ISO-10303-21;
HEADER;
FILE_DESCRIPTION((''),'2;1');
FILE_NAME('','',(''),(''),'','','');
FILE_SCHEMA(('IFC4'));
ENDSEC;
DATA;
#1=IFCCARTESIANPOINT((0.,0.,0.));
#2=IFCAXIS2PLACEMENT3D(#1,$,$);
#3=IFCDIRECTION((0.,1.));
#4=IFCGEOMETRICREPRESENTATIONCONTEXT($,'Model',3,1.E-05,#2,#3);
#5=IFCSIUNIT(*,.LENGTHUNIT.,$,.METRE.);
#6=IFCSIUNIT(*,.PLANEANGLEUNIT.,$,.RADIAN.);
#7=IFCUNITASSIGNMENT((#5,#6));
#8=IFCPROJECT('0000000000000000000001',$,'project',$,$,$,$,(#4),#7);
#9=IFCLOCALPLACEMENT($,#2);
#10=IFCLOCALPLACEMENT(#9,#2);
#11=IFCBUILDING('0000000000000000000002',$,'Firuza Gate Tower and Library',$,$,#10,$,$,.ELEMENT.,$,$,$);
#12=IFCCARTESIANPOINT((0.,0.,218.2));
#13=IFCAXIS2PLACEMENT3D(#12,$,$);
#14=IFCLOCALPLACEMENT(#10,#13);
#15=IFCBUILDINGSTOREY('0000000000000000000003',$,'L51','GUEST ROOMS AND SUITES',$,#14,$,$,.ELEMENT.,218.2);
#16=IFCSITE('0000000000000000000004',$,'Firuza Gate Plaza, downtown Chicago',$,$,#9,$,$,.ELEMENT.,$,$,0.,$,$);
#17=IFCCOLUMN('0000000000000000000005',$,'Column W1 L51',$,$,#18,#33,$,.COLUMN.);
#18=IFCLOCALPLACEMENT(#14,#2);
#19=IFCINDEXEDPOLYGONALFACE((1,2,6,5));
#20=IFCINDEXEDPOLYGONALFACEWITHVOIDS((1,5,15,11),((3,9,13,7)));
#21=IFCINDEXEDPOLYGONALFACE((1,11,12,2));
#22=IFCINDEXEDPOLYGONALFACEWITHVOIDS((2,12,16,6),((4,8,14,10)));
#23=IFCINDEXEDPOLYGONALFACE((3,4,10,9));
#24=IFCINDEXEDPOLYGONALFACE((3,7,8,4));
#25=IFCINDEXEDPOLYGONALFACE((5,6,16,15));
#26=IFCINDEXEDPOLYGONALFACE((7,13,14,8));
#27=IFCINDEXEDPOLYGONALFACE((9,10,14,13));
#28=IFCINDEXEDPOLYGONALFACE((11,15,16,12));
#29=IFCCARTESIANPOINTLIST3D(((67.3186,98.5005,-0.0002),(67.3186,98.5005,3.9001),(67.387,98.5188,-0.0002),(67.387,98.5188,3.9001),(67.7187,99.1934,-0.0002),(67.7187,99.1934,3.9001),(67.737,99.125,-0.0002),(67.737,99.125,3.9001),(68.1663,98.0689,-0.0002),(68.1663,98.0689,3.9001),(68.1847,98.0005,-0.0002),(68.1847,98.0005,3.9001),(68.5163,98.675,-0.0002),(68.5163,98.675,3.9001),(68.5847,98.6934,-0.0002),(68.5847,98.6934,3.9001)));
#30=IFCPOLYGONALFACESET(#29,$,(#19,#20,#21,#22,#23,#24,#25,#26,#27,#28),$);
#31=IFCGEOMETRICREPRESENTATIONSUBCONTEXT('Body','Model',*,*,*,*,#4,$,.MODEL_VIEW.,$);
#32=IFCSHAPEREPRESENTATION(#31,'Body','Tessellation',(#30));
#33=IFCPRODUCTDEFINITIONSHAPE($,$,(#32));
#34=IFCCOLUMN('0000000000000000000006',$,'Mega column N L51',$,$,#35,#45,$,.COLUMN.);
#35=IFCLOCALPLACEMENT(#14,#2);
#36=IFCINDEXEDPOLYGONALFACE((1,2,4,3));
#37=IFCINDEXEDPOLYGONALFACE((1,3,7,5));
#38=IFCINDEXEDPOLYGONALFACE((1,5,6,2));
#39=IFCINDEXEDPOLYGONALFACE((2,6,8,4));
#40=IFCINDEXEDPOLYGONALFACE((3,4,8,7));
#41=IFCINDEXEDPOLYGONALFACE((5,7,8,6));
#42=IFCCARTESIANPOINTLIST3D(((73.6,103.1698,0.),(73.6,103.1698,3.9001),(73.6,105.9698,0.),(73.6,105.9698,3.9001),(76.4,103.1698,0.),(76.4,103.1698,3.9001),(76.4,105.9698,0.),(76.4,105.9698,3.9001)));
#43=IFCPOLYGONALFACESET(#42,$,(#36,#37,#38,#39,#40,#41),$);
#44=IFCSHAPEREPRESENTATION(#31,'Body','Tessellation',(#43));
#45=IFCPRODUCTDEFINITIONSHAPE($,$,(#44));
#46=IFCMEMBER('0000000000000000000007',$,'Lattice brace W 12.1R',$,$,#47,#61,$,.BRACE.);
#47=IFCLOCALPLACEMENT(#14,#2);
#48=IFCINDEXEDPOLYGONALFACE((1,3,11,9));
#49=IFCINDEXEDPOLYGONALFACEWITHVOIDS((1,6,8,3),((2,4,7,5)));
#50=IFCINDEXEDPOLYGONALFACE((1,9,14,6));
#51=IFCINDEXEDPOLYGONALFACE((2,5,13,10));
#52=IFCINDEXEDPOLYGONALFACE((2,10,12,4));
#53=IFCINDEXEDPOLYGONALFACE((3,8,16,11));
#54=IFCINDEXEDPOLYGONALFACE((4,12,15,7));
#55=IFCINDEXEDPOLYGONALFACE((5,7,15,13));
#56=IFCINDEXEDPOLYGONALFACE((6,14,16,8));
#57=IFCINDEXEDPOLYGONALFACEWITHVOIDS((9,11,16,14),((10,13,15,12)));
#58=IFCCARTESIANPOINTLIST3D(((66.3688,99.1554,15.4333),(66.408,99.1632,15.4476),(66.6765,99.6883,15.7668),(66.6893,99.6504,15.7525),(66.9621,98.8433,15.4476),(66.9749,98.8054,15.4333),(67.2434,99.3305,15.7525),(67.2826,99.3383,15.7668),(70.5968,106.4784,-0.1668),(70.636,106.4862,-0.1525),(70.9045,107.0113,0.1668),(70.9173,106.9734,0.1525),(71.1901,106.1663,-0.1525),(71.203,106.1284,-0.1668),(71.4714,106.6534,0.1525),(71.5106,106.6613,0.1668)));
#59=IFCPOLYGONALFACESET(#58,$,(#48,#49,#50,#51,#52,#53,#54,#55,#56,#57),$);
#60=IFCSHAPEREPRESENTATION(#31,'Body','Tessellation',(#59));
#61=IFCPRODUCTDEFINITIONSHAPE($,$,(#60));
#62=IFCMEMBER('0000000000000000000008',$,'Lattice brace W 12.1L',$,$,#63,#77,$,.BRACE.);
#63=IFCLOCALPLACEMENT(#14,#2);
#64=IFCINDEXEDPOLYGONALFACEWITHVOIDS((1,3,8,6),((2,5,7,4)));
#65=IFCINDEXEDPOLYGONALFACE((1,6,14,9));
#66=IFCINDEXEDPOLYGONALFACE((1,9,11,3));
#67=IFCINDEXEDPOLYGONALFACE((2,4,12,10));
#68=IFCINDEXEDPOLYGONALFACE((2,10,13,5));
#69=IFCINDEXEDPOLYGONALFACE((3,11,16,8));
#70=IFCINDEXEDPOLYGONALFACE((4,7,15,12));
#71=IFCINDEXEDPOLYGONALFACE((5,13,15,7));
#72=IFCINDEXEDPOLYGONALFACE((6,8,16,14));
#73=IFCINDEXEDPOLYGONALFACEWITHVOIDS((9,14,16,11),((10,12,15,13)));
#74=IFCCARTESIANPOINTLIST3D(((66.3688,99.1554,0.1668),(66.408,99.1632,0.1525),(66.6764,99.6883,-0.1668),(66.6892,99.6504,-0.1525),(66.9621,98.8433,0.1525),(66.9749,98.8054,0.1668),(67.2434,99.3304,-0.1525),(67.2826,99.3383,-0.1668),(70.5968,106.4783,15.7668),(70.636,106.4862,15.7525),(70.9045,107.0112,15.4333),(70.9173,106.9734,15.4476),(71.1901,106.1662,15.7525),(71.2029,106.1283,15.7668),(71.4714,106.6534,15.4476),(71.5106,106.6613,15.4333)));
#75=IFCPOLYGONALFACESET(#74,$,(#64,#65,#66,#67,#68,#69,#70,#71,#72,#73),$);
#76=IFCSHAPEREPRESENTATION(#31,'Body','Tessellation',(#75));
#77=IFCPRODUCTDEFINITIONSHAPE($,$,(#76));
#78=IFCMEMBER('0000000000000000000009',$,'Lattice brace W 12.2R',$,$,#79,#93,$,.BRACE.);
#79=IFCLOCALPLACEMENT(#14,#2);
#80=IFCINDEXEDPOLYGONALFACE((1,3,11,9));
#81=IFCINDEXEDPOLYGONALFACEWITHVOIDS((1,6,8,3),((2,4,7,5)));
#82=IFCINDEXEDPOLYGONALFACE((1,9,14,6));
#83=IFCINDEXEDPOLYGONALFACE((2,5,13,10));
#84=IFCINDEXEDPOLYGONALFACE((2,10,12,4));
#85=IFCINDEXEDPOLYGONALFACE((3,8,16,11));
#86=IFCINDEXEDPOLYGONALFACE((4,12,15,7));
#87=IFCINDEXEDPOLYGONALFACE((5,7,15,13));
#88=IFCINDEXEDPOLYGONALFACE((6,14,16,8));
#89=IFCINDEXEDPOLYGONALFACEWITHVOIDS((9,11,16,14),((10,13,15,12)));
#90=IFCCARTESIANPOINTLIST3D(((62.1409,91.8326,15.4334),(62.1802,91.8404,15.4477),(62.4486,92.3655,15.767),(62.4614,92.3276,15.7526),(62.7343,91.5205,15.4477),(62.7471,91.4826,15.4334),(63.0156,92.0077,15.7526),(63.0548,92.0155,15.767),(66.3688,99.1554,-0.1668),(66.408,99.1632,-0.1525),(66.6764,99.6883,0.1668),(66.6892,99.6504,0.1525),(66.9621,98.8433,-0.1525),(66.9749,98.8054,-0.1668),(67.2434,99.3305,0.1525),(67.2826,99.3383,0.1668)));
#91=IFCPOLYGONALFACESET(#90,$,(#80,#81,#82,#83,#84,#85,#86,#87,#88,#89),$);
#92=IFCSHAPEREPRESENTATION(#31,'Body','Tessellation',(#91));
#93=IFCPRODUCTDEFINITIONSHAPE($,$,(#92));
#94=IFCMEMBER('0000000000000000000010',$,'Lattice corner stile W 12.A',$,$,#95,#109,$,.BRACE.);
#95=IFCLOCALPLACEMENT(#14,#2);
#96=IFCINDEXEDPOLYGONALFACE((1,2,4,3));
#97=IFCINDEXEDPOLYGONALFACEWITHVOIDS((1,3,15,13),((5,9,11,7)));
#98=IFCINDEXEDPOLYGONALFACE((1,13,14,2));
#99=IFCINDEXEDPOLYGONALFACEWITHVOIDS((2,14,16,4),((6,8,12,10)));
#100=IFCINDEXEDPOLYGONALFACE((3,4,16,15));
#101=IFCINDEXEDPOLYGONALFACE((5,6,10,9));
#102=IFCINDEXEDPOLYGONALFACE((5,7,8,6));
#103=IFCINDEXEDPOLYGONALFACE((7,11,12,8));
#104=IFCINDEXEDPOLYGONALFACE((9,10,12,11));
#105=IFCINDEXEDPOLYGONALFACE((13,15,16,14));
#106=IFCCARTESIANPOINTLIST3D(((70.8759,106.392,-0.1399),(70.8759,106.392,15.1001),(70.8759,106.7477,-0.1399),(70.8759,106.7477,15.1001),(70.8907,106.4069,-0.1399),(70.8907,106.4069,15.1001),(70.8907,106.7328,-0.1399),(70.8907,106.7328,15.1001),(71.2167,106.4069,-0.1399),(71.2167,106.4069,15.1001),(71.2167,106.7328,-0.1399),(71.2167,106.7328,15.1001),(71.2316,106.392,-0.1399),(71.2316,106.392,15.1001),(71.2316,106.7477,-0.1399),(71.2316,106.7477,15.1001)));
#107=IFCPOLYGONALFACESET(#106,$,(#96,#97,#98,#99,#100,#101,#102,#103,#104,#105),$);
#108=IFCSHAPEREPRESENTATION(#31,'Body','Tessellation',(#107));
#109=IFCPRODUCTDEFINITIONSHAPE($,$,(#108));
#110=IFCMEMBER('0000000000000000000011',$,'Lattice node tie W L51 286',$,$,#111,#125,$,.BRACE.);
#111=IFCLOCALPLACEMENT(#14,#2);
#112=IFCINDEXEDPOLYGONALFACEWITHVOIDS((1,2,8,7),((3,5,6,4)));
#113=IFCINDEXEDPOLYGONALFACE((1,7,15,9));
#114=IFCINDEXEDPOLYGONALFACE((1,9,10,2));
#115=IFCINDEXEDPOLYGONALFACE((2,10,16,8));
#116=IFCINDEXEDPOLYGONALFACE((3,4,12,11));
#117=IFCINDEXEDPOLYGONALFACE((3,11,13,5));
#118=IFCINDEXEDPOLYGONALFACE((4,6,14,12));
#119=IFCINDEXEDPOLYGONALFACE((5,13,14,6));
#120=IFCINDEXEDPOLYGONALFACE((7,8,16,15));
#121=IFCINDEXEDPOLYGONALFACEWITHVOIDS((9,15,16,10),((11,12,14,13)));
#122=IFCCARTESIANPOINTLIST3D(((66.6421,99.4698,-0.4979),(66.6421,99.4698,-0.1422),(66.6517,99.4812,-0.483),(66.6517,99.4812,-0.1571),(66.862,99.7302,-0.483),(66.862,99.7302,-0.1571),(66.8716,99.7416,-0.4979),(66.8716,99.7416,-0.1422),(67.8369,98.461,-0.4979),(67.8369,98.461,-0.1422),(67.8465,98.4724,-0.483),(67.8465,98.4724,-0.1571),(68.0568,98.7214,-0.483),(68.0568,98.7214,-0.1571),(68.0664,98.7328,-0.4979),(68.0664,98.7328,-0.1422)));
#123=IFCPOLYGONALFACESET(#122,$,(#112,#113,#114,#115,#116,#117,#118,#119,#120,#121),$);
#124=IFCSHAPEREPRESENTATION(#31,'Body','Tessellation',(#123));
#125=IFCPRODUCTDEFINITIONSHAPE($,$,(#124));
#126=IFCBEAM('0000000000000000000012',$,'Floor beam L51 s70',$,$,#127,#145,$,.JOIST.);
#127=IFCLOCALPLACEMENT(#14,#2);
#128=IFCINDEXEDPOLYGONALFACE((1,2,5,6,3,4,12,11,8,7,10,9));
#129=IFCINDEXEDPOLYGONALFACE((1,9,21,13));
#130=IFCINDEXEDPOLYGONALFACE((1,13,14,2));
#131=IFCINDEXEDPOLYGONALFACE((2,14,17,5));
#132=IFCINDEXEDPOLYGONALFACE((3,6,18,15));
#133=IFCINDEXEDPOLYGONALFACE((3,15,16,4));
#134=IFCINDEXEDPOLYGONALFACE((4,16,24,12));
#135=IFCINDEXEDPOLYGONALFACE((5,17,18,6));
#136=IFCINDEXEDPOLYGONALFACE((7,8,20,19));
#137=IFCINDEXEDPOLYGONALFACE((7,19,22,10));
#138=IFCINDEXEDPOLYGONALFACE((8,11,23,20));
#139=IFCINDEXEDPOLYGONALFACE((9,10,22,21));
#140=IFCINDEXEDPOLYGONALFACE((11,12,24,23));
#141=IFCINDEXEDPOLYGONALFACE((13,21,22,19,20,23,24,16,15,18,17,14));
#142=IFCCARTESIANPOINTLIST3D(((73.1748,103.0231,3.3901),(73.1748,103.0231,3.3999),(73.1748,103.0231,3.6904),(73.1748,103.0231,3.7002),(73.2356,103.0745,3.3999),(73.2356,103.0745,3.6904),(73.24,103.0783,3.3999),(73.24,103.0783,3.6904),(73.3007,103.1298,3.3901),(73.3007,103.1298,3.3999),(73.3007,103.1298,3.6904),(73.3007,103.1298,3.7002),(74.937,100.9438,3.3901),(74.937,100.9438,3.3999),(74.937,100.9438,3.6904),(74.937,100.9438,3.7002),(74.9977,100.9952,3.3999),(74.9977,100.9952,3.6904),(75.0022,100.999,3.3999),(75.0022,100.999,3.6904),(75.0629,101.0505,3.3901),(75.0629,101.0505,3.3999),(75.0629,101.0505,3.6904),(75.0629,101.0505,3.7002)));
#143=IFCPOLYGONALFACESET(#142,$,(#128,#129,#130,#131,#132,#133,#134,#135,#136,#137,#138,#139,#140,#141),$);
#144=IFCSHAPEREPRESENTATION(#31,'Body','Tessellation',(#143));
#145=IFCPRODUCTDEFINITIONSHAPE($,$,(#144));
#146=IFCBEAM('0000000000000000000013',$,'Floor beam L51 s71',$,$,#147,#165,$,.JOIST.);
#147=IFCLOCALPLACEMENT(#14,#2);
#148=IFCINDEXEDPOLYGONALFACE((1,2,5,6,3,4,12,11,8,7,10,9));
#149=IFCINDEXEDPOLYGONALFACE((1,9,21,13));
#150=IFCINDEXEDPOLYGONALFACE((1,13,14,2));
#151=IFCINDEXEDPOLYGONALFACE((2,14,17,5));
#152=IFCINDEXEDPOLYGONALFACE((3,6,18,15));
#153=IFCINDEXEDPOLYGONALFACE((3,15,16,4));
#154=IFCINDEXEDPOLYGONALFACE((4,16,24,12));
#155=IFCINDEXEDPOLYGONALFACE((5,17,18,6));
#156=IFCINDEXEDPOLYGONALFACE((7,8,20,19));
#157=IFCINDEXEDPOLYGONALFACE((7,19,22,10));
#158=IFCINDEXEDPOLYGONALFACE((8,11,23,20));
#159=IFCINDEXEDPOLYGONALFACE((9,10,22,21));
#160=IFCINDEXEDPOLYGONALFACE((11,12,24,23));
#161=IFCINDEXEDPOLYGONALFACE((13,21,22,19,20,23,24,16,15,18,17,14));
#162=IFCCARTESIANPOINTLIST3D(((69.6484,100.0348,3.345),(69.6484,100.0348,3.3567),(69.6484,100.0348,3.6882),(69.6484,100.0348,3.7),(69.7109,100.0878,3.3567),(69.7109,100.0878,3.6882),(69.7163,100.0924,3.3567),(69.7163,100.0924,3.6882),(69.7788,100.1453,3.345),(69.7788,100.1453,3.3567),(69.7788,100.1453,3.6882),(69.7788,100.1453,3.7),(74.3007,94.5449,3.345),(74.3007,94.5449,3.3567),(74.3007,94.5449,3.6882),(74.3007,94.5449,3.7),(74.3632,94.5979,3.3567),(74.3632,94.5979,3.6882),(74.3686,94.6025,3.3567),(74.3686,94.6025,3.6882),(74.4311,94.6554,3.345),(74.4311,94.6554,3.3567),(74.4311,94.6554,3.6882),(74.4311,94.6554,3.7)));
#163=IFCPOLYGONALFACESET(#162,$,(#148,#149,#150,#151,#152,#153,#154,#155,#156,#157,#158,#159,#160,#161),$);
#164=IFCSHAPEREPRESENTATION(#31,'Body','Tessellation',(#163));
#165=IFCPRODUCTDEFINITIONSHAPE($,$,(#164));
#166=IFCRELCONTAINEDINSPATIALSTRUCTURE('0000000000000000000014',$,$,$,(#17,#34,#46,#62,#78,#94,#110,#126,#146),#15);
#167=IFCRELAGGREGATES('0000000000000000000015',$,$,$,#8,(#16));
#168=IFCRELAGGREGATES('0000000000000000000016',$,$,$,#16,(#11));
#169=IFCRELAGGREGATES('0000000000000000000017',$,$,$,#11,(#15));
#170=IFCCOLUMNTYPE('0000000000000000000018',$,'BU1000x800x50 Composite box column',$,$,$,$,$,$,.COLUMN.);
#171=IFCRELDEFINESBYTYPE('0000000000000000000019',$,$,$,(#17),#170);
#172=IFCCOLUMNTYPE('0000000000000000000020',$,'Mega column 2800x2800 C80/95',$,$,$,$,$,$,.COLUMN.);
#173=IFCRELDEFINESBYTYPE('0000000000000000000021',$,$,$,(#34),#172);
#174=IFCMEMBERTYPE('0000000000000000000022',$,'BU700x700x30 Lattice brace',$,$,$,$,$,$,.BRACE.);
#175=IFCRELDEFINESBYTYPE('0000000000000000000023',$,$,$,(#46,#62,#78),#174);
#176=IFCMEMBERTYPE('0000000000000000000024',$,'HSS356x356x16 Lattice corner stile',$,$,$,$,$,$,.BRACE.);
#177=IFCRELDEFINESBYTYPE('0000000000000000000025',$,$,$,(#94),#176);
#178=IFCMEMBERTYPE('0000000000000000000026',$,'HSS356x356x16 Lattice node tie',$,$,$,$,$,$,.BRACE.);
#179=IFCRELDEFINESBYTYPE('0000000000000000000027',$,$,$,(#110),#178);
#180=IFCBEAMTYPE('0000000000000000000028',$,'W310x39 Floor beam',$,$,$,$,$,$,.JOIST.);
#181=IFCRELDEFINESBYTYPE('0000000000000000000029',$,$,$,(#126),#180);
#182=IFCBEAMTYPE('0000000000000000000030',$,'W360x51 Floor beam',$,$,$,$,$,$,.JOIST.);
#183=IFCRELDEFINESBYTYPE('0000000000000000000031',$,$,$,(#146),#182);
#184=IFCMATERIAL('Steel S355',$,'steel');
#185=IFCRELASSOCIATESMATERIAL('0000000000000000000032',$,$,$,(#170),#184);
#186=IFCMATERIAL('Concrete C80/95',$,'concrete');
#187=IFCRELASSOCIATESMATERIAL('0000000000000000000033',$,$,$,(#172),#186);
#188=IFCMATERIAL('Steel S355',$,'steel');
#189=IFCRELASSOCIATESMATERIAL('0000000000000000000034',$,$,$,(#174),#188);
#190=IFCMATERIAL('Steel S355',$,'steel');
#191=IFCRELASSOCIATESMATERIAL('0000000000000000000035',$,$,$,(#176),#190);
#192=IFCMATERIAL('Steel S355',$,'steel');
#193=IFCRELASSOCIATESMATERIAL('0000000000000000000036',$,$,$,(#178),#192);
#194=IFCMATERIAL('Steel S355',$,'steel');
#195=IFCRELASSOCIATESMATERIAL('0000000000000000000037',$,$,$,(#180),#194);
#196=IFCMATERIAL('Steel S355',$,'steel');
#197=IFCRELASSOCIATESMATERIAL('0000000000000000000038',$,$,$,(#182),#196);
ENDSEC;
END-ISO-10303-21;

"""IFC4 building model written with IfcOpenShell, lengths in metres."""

from ifc_helpers import new_model, si_unit, direction, frame, origin, origin_2d, place, context, subcontext, project, spatial, rectangle, hollow_rectangle, i_section, extrude, material, material_profile, profile_set, type_object, element, save


model = new_model("IFC4")

# Units and contexts
model_context = context("Model", 3, precision=1e-05, world=origin(), true_north=direction((0.0, 1.0)))
body_context = subcontext(model_context, "Body", "Model", "MODEL_VIEW")
ifc_project = project(units=[si_unit("LENGTHUNIT", "METRE"), si_unit("PLANEANGLEUNIT", "RADIAN")], contexts=[model_context])

# Site, building, storey
site_placement = place(None, origin())
site = spatial("IfcSite", under=ifc_project, at=site_placement, Name="Firuza Gate Plaza, downtown Chicago", CompositionType="ELEMENT", RefElevation=0.0)
building_placement = place(site_placement, origin())
building = spatial("IfcBuilding", under=site, at=building_placement, Name="Firuza Gate Tower and Library", CompositionType="ELEMENT")
storey_placement = place(building_placement, frame((0.0, 0.0, 218.2)))
storey = spatial("IfcBuildingStorey", under=building, at=storey_placement, Name="L51", Description="GUEST ROOMS AND SUITES", CompositionType="ELEMENT", Elevation=218.2)

# Columns
ifc_material_1 = material(Name="Steel S355", Category="steel")
ifc_material_profile_1 = material_profile(ifc_material_1, hollow_rectangle(XDim=0.8, YDim=1.0, WallThickness=0.05, at=origin_2d()))
ifc_profile_set_1 = profile_set([ifc_material_profile_1], Name="Steel S355")
column_type_1 = type_object("IfcColumnType", Name="BU1000x800x50 Composite box column", PredefinedType="COLUMN", material=ifc_profile_set_1)
column_1_placement = place(storey_placement, frame((67.9517, 98.5969, -0.0002), z_axis=(0.0, 0.0, 1.0), x_axis=(-0.5, -0.866025, 0.0)))
element("IfcColumn", 1, at=column_1_placement, inside=storey, type_object=column_type_1, Name="Column W1 L51", PredefinedType="COLUMN", context=body_context, shape_type="SweptSolid", body=[
    extrude(hollow_rectangle(XDim=0.8, YDim=1.0, WallThickness=0.05, at=origin_2d()), origin(), (0.0, 0.0, 1.0), 3.9004),
])
ifc_material_2 = material(Name="Concrete C80/95", Category="concrete")
ifc_material_profile_2 = material_profile(ifc_material_2, rectangle(XDim=2.8, YDim=2.8, at=origin_2d()))
ifc_profile_set_2 = profile_set([ifc_material_profile_2], Name="Concrete C80/95")
column_type_2 = type_object("IfcColumnType", Name="Mega column 2800x2800 C80/95", PredefinedType="COLUMN", material=ifc_profile_set_2)
column_2_placement = place(storey_placement, frame((75.0, 104.5698, 0.0), z_axis=(0.0, 0.0, 1.0), x_axis=(-1.0, 0.0, 0.0)))
element("IfcColumn", 2, at=column_2_placement, inside=storey, type_object=column_type_2, Name="Mega column N L51", PredefinedType="COLUMN", context=body_context, shape_type="SweptSolid", body=[
    extrude(rectangle(XDim=2.8, YDim=2.8, at=origin_2d()), origin(), (0.0, 0.0, 1.0), 3.9001),
])

# Members
ifc_material_3 = material(Name="Steel S355", Category="steel")
ifc_material_profile_3 = material_profile(ifc_material_3, hollow_rectangle(XDim=0.7, YDim=0.7, WallThickness=0.03, at=origin_2d()))
ifc_profile_set_3 = profile_set([ifc_material_profile_3], Name="Steel S355")
member_type_1 = type_object("IfcMemberType", Name="BU700x700x30 Lattice brace", PredefinedType="BRACE", material=ifc_profile_set_3)
for number, where, z_axis, x_axis, name in (
    (3, (71.0537, 106.5698, 0.0), (-0.238273, -0.412692, 0.879154), (0.866021, -0.500008, 0.0), "Lattice brace W 12.1R"),
    (4, (66.8257, 99.2468, 0.0), (0.238273, 0.412692, 0.879154), (-0.866021, 0.500008, 0.0), "Lattice brace W 12.1L"),
    (5, (66.8257, 99.2468, 0.0), (-0.238262, -0.412682, 0.879161), (0.866026, -0.499999, 0.0), "Lattice brace W 12.2R"),
):
    element("IfcMember", number, at=place(storey_placement, frame(where, z_axis=z_axis, x_axis=x_axis)), inside=storey, type_object=member_type_1, Name=name, PredefinedType="BRACE", context=body_context, shape_type="SweptSolid", body=[
        extrude(hollow_rectangle(XDim=0.7, YDim=0.7, WallThickness=0.03, at=origin_2d()), origin(), (0.0, 0.0, 1.0), 17.7444),
    ])
ifc_material_4 = material(Name="Steel S355", Category="steel")
ifc_material_profile_4 = material_profile(ifc_material_4, hollow_rectangle(XDim=0.3557, YDim=0.3557, WallThickness=0.0149, at=origin_2d()))
ifc_profile_set_4 = profile_set([ifc_material_profile_4], Name="Steel S355")
member_type_2 = type_object("IfcMemberType", Name="HSS356x356x16 Lattice corner stile", PredefinedType="BRACE", material=ifc_profile_set_4)
member_1_placement = place(storey_placement, frame((71.0537, 106.5698, -0.1399), z_axis=(0.0, 0.0, 1.0), x_axis=(1.0, 0.0, 0.0)))
element("IfcMember", 6, at=member_1_placement, inside=storey, type_object=member_type_2, Name="Lattice corner stile W 12.A", PredefinedType="BRACE", context=body_context, shape_type="SweptSolid", body=[
    extrude(hollow_rectangle(XDim=0.3557, YDim=0.3557, WallThickness=0.0149, at=origin_2d()), origin(), (0.0, 0.0, 1.0), 15.24),
])
ifc_material_5 = material(Name="Steel S355", Category="steel")
ifc_material_profile_5 = material_profile(ifc_material_5, hollow_rectangle(XDim=0.3557, YDim=0.3557, WallThickness=0.0149, at=origin_2d()))
ifc_profile_set_5 = profile_set([ifc_material_profile_5], Name="Steel S355")
member_type_3 = type_object("IfcMemberType", Name="HSS356x356x16 Lattice node tie", PredefinedType="BRACE", material=ifc_profile_set_5)
member_2_placement = place(storey_placement, frame((67.9517, 98.5969, -0.3201), z_axis=(-0.764085, 0.645116, 0.0), x_axis=(-0.645116, -0.764085, 0.0)))
element("IfcMember", 7, at=member_2_placement, inside=storey, type_object=member_type_3, Name="Lattice node tie W L51 286", PredefinedType="BRACE", context=body_context, shape_type="SweptSolid", body=[
    extrude(hollow_rectangle(XDim=0.3557, YDim=0.3557, WallThickness=0.0149, at=origin_2d()), origin(), (0.0, 0.0, 1.0), 1.5637),
])

# Beams
ifc_material_6 = material(Name="Steel S355", Category="steel")
ifc_material_profile_6 = material_profile(ifc_material_6, i_section(OverallWidth=0.165, OverallDepth=0.3101, WebThickness=0.0059, FlangeThickness=0.0098, at=origin_2d()))
ifc_profile_set_6 = profile_set([ifc_material_profile_6], Name="Steel S355")
beam_type_1 = type_object("IfcBeamType", Name="W310x39 Floor beam", PredefinedType="JOIST", material=ifc_profile_set_6)
beam_1_placement = place(storey_placement, frame((73.2378, 103.0764, 3.5452), z_axis=(0.646532, -0.762887, 0.0), x_axis=(0.762887, 0.646532, 0.0)))
element("IfcBeam", 8, at=beam_1_placement, inside=storey, type_object=beam_type_1, Name="Floor beam L51 s70", PredefinedType="JOIST", context=body_context, shape_type="SweptSolid", body=[
    extrude(i_section(OverallWidth=0.165, OverallDepth=0.3101, WebThickness=0.0059, FlangeThickness=0.0098, at=origin_2d()), origin(), (0.0, 0.0, 1.0), 2.7256),
])
ifc_material_7 = material(Name="Steel S355", Category="steel")
ifc_material_profile_7 = material_profile(ifc_material_7, i_section(OverallWidth=0.1709, OverallDepth=0.355, WebThickness=0.0071, FlangeThickness=0.0117, at=origin_2d()))
ifc_profile_set_7 = profile_set([ifc_material_profile_7], Name="Steel S355")
beam_type_2 = type_object("IfcBeamType", Name="W360x51 Floor beam", PredefinedType="JOIST", material=ifc_profile_set_7)
beam_2_placement = place(storey_placement, frame((69.7136, 100.0901, 3.5225), z_axis=(0.646506, -0.762909, 0.0), x_axis=(0.762909, 0.646506, 0.0)))
element("IfcBeam", 9, at=beam_2_placement, inside=storey, type_object=beam_type_2, Name="Floor beam L51 s71", PredefinedType="JOIST", context=body_context, shape_type="SweptSolid", body=[
    extrude(i_section(OverallWidth=0.1709, OverallDepth=0.355, WebThickness=0.0071, FlangeThickness=0.0117, at=origin_2d()), origin(), (0.0, 0.0, 1.0), 7.196),
])

save(model, "model.ifc")
